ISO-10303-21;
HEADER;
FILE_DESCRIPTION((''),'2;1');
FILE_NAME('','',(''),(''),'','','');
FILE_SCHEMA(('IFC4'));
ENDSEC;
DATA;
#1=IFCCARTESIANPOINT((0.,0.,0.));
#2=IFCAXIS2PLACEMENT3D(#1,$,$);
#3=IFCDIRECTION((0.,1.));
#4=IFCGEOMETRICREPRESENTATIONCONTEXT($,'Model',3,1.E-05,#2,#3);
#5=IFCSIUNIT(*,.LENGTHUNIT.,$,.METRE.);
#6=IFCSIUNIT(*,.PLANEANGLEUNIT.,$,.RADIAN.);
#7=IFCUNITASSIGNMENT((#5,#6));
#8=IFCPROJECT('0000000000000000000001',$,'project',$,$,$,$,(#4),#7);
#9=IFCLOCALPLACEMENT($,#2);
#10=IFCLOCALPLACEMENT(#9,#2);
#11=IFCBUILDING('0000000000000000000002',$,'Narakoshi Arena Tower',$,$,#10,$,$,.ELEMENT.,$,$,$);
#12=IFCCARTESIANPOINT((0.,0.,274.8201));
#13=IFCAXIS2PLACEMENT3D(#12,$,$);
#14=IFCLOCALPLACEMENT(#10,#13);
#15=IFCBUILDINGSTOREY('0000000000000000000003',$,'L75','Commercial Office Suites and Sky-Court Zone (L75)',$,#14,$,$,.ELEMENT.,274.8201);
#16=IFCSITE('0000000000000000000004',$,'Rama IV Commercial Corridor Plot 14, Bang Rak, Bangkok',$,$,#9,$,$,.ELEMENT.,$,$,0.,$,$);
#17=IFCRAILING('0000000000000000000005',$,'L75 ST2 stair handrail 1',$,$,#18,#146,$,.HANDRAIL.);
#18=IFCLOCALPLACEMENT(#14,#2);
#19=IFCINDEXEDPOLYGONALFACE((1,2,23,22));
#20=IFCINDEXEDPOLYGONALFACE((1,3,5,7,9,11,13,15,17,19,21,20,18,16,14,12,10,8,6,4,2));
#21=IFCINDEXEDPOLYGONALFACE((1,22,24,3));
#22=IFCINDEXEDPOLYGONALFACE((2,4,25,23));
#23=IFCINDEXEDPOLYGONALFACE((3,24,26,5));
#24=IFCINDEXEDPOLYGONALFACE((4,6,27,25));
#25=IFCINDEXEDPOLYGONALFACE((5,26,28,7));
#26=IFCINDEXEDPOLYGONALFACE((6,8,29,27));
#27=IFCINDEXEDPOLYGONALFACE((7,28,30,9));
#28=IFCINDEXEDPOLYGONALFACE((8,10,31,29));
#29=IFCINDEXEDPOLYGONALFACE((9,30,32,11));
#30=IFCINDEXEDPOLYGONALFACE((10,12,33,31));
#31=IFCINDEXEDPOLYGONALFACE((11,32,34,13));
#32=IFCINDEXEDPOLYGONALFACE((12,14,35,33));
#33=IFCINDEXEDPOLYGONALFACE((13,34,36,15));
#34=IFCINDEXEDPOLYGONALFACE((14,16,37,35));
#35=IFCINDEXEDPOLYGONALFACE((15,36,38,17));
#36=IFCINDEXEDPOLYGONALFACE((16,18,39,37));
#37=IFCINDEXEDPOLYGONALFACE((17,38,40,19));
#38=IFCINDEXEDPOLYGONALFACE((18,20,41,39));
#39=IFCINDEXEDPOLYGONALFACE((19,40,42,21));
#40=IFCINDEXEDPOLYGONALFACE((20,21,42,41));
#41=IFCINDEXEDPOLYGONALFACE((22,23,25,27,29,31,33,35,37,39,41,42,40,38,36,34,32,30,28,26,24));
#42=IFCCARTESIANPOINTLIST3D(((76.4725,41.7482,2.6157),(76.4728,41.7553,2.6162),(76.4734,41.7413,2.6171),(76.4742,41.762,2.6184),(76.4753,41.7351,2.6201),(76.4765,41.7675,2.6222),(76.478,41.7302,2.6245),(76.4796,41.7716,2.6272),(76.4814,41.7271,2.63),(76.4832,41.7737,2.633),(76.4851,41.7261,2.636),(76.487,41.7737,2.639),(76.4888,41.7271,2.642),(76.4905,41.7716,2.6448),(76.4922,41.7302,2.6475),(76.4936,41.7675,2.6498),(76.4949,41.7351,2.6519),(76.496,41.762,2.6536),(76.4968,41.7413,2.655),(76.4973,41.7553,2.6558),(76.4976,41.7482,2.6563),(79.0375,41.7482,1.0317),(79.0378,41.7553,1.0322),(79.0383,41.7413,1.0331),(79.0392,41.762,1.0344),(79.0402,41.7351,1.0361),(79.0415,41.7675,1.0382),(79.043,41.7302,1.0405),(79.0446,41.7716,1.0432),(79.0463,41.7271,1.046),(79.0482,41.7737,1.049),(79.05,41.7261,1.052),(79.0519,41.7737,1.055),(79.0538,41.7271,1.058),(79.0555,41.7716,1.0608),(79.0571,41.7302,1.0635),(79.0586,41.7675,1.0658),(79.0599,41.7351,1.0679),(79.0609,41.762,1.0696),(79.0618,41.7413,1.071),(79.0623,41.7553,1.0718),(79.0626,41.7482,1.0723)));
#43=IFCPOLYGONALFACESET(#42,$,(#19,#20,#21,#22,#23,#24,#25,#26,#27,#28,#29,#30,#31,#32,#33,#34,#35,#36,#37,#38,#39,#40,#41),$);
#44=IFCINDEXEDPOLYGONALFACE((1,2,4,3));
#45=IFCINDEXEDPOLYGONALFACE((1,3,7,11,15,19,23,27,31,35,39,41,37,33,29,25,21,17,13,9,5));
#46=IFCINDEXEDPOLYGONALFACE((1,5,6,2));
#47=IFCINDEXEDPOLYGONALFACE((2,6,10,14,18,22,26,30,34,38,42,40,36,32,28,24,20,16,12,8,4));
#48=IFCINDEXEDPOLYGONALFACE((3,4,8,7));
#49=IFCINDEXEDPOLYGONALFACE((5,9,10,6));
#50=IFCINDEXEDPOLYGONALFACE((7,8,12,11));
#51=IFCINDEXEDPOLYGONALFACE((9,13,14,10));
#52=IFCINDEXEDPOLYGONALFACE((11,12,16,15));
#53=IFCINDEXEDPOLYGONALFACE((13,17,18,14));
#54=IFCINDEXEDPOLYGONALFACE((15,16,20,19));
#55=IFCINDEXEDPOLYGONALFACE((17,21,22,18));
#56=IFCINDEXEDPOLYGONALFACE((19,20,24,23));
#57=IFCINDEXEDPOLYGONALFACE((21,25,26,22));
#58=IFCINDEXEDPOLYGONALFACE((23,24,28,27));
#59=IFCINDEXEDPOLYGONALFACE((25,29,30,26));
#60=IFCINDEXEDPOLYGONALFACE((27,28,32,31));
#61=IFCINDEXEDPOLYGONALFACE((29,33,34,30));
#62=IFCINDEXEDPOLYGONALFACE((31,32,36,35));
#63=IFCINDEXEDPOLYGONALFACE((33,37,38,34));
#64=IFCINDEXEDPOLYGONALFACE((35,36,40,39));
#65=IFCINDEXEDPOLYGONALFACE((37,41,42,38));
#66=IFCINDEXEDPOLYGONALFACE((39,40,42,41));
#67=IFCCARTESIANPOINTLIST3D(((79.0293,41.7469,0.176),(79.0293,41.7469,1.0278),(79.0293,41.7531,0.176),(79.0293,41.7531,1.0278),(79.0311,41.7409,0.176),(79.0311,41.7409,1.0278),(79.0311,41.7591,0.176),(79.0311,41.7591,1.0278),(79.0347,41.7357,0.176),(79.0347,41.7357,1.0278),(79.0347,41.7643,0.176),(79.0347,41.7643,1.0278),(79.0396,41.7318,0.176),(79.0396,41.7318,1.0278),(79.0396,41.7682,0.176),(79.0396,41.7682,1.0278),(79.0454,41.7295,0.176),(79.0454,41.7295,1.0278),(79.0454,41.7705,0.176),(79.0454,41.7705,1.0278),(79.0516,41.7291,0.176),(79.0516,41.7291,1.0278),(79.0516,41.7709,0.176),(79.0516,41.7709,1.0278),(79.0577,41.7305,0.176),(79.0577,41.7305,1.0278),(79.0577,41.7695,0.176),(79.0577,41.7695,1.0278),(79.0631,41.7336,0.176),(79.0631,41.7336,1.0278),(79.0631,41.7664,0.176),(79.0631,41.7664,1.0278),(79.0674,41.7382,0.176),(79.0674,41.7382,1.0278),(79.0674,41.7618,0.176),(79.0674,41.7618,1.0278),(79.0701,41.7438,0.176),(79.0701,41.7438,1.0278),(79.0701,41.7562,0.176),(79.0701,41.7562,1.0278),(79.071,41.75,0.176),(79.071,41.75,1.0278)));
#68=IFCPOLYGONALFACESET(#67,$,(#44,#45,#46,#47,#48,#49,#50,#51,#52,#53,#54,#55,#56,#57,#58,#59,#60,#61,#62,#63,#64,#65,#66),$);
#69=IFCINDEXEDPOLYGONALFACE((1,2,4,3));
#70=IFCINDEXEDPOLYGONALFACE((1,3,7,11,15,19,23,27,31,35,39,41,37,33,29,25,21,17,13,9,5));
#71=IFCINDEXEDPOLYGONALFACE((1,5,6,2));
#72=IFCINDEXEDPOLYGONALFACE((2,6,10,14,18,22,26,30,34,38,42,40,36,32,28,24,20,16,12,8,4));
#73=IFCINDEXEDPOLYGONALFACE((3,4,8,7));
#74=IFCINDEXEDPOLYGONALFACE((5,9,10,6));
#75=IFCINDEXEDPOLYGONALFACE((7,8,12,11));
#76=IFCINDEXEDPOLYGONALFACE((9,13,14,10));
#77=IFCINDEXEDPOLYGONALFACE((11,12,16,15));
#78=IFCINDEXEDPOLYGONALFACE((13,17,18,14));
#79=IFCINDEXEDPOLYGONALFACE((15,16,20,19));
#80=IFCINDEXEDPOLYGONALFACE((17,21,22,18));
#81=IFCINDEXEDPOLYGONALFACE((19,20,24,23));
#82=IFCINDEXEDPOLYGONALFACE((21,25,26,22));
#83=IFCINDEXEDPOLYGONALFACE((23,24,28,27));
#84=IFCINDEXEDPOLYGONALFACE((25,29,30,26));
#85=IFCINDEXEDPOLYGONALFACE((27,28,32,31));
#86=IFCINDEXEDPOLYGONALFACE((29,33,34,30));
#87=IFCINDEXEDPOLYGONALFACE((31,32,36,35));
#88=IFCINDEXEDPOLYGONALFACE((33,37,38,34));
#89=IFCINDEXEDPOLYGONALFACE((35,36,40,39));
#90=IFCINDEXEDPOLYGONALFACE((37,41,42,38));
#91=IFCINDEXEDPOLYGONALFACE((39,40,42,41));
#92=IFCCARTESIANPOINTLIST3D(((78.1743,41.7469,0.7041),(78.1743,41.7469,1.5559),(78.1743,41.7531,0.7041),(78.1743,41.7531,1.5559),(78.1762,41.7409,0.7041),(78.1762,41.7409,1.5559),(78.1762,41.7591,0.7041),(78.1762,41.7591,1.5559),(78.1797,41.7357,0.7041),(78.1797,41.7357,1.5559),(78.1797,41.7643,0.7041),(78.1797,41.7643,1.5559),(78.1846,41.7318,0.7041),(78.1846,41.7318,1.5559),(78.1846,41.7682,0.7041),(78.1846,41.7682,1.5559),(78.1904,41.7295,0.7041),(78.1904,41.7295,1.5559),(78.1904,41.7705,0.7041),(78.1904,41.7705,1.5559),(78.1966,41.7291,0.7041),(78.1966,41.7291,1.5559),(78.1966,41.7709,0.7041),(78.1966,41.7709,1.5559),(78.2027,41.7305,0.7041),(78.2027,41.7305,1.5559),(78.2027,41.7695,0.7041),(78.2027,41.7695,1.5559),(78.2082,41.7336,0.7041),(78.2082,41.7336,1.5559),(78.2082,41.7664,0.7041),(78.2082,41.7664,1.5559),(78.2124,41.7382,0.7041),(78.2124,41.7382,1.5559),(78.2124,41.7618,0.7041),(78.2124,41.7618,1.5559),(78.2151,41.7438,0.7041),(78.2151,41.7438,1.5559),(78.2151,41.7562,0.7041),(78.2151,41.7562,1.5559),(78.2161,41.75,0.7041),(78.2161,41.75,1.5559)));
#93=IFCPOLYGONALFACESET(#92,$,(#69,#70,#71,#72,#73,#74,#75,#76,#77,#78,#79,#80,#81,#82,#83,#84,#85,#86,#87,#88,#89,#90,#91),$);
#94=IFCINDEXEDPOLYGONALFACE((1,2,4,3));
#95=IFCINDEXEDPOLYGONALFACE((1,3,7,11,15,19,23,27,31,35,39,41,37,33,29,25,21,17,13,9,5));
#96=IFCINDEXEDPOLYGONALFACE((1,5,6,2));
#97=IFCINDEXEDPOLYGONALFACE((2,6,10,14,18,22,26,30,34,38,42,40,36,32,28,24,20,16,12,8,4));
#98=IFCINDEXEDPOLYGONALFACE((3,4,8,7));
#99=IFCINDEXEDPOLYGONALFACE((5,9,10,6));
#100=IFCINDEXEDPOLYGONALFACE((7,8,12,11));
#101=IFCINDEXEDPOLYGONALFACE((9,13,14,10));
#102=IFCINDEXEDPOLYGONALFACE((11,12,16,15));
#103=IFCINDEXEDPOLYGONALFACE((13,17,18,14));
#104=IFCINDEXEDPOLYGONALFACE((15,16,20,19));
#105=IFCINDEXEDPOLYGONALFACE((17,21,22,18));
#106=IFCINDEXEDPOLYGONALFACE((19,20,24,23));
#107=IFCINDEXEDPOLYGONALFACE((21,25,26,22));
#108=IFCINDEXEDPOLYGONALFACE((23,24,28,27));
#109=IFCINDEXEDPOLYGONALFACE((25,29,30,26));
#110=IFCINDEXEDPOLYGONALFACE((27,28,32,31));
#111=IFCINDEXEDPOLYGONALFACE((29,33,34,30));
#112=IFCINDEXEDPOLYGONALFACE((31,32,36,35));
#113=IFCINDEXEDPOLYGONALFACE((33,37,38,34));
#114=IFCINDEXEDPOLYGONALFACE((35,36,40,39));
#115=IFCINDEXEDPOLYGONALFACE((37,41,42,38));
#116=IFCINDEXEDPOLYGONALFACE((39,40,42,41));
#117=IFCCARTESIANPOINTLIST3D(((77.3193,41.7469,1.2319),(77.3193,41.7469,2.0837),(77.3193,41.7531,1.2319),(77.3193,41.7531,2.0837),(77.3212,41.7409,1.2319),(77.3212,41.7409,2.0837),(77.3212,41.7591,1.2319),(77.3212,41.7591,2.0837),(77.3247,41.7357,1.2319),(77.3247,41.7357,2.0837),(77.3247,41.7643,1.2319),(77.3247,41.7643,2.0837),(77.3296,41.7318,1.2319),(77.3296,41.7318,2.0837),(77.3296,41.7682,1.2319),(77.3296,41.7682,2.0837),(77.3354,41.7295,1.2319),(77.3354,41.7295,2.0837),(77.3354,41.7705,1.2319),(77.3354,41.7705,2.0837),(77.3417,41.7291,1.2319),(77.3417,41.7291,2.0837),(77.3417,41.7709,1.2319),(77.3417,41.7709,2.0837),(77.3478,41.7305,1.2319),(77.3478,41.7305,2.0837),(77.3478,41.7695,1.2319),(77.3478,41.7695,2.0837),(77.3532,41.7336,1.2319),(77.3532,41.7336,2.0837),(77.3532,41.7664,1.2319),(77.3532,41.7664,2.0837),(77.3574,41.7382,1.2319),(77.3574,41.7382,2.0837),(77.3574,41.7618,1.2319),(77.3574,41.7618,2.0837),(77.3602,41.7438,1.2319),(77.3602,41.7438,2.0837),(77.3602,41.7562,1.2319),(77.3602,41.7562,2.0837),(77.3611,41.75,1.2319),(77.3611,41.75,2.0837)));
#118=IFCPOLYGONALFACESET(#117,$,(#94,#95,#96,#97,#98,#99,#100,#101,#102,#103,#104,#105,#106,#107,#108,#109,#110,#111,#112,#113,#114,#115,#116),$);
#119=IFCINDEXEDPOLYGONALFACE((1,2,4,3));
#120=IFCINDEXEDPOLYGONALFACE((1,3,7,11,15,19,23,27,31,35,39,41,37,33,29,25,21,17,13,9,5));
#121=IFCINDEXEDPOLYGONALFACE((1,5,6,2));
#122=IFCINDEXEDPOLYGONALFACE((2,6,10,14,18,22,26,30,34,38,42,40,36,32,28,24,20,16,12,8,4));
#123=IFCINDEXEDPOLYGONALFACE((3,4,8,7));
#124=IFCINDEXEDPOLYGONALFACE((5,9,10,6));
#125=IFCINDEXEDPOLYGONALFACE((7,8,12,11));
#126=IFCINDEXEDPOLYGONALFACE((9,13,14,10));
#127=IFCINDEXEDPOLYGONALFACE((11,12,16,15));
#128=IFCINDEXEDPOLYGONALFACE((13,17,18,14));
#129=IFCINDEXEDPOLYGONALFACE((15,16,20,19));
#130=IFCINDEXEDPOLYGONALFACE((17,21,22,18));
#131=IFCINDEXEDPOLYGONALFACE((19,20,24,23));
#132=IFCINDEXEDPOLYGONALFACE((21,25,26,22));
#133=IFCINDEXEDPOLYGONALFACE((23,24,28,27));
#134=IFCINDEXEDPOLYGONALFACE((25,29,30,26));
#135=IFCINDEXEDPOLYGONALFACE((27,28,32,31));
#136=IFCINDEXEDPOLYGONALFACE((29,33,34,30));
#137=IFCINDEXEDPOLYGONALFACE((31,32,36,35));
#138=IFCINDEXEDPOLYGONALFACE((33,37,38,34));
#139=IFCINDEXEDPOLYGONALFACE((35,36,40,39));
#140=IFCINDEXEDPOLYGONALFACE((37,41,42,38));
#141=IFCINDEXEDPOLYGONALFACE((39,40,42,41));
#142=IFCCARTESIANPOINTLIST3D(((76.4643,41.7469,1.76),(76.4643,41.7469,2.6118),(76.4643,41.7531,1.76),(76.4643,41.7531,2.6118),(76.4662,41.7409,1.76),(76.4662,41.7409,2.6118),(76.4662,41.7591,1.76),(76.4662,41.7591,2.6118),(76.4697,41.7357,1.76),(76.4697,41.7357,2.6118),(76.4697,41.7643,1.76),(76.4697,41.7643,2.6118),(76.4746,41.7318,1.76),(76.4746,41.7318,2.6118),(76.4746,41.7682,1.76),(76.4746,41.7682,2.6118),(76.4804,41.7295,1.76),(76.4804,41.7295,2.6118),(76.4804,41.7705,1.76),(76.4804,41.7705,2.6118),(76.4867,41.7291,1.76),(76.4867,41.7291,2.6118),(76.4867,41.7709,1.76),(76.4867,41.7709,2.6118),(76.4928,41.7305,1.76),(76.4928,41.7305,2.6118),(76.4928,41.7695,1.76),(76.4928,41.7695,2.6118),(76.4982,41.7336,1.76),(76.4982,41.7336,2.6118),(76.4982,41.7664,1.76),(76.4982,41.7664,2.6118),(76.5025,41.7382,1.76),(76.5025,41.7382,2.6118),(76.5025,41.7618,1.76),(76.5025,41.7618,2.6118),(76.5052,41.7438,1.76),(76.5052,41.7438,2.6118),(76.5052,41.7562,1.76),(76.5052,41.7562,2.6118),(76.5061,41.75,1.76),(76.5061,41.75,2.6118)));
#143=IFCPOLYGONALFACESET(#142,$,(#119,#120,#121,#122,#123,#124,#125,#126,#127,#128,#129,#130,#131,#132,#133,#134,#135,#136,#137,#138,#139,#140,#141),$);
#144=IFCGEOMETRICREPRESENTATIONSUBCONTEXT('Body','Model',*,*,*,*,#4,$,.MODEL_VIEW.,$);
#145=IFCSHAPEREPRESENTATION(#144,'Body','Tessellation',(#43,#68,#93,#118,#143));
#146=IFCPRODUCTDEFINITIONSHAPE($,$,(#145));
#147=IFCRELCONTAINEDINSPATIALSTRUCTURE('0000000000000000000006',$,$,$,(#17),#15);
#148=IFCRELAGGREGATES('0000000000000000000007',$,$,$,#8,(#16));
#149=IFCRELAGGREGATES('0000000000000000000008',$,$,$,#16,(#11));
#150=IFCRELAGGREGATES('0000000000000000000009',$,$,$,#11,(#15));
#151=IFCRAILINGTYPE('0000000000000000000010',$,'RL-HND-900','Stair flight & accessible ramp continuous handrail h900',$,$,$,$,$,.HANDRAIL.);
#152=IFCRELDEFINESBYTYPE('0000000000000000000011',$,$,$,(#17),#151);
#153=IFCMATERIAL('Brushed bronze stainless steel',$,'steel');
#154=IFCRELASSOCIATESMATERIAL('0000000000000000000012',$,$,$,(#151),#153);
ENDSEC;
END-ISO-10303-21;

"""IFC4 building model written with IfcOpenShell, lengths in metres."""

from ifc_helpers import new_model, si_unit, direction, frame, origin, origin_2d, place, context, subcontext, project, spatial, circle, extrude, material, type_object, element, save


model = new_model("IFC4")

# Units and contexts
model_context = context("Model", 3, precision=1e-05, world=origin(), true_north=direction((0.0, 1.0)))
body_context = subcontext(model_context, "Body", "Model", "MODEL_VIEW")
ifc_project = project(units=[si_unit("LENGTHUNIT", "METRE"), si_unit("PLANEANGLEUNIT", "RADIAN")], contexts=[model_context])

# Site, building, storey
site_placement = place(None, origin())
site = spatial("IfcSite", under=ifc_project, at=site_placement, Name="Rama IV Commercial Corridor Plot 14, Bang Rak, Bangkok", CompositionType="ELEMENT", RefElevation=0.0)
building_placement = place(site_placement, origin())
building = spatial("IfcBuilding", under=site, at=building_placement, Name="Narakoshi Arena Tower", CompositionType="ELEMENT")
storey_placement = place(building_placement, frame((0.0, 0.0, 274.8201)))
storey = spatial("IfcBuildingStorey", under=building, at=storey_placement, Name="L75", Description="Commercial Office Suites and Sky-Court Zone (L75)", CompositionType="ELEMENT", Elevation=274.8201)

# Railing
ifc_material_1 = material(Name="Brushed bronze stainless steel", Category="steel")
railing_type_1 = type_object("IfcRailingType", Name="RL-HND-900", Description="Stair flight & accessible ramp continuous handrail h900", PredefinedType="HANDRAIL", material=ifc_material_1)
railing_1_placement = place(storey_placement, frame((79.05, 41.75, 0.176)))
element("IfcRailing", 1, at=railing_1_placement, inside=storey, type_object=railing_type_1, Name="L75 ST2 stair handrail 1", PredefinedType="HANDRAIL", context=body_context, shape_type="SweptSolid", body=[
    extrude(circle(Radius=0.0239, at=origin_2d()), frame((0.0, 0.0, 0.876), z_axis=(-0.850834, 0.0, 0.525434), x_axis=(0.0, -1.0, 0.0)), (0.0, 0.0, 1.0), 3.0146),
    extrude(circle(Radius=0.021, at=origin_2d()), origin(), (0.0, 0.0, 1.0), 0.8518),
    extrude(circle(Radius=0.021, at=origin_2d()), frame((-0.855, 0.0, 0.5281)), (0.0, 0.0, 1.0), 0.8518),
    extrude(circle(Radius=0.021, at=origin_2d()), frame((-1.71, 0.0, 1.0559)), (0.0, 0.0, 1.0), 0.8518),
    extrude(circle(Radius=0.021, at=origin_2d()), frame((-2.5649, 0.0, 1.584)), (0.0, 0.0, 1.0), 0.8518),
])

save(model, "model.ifc")
